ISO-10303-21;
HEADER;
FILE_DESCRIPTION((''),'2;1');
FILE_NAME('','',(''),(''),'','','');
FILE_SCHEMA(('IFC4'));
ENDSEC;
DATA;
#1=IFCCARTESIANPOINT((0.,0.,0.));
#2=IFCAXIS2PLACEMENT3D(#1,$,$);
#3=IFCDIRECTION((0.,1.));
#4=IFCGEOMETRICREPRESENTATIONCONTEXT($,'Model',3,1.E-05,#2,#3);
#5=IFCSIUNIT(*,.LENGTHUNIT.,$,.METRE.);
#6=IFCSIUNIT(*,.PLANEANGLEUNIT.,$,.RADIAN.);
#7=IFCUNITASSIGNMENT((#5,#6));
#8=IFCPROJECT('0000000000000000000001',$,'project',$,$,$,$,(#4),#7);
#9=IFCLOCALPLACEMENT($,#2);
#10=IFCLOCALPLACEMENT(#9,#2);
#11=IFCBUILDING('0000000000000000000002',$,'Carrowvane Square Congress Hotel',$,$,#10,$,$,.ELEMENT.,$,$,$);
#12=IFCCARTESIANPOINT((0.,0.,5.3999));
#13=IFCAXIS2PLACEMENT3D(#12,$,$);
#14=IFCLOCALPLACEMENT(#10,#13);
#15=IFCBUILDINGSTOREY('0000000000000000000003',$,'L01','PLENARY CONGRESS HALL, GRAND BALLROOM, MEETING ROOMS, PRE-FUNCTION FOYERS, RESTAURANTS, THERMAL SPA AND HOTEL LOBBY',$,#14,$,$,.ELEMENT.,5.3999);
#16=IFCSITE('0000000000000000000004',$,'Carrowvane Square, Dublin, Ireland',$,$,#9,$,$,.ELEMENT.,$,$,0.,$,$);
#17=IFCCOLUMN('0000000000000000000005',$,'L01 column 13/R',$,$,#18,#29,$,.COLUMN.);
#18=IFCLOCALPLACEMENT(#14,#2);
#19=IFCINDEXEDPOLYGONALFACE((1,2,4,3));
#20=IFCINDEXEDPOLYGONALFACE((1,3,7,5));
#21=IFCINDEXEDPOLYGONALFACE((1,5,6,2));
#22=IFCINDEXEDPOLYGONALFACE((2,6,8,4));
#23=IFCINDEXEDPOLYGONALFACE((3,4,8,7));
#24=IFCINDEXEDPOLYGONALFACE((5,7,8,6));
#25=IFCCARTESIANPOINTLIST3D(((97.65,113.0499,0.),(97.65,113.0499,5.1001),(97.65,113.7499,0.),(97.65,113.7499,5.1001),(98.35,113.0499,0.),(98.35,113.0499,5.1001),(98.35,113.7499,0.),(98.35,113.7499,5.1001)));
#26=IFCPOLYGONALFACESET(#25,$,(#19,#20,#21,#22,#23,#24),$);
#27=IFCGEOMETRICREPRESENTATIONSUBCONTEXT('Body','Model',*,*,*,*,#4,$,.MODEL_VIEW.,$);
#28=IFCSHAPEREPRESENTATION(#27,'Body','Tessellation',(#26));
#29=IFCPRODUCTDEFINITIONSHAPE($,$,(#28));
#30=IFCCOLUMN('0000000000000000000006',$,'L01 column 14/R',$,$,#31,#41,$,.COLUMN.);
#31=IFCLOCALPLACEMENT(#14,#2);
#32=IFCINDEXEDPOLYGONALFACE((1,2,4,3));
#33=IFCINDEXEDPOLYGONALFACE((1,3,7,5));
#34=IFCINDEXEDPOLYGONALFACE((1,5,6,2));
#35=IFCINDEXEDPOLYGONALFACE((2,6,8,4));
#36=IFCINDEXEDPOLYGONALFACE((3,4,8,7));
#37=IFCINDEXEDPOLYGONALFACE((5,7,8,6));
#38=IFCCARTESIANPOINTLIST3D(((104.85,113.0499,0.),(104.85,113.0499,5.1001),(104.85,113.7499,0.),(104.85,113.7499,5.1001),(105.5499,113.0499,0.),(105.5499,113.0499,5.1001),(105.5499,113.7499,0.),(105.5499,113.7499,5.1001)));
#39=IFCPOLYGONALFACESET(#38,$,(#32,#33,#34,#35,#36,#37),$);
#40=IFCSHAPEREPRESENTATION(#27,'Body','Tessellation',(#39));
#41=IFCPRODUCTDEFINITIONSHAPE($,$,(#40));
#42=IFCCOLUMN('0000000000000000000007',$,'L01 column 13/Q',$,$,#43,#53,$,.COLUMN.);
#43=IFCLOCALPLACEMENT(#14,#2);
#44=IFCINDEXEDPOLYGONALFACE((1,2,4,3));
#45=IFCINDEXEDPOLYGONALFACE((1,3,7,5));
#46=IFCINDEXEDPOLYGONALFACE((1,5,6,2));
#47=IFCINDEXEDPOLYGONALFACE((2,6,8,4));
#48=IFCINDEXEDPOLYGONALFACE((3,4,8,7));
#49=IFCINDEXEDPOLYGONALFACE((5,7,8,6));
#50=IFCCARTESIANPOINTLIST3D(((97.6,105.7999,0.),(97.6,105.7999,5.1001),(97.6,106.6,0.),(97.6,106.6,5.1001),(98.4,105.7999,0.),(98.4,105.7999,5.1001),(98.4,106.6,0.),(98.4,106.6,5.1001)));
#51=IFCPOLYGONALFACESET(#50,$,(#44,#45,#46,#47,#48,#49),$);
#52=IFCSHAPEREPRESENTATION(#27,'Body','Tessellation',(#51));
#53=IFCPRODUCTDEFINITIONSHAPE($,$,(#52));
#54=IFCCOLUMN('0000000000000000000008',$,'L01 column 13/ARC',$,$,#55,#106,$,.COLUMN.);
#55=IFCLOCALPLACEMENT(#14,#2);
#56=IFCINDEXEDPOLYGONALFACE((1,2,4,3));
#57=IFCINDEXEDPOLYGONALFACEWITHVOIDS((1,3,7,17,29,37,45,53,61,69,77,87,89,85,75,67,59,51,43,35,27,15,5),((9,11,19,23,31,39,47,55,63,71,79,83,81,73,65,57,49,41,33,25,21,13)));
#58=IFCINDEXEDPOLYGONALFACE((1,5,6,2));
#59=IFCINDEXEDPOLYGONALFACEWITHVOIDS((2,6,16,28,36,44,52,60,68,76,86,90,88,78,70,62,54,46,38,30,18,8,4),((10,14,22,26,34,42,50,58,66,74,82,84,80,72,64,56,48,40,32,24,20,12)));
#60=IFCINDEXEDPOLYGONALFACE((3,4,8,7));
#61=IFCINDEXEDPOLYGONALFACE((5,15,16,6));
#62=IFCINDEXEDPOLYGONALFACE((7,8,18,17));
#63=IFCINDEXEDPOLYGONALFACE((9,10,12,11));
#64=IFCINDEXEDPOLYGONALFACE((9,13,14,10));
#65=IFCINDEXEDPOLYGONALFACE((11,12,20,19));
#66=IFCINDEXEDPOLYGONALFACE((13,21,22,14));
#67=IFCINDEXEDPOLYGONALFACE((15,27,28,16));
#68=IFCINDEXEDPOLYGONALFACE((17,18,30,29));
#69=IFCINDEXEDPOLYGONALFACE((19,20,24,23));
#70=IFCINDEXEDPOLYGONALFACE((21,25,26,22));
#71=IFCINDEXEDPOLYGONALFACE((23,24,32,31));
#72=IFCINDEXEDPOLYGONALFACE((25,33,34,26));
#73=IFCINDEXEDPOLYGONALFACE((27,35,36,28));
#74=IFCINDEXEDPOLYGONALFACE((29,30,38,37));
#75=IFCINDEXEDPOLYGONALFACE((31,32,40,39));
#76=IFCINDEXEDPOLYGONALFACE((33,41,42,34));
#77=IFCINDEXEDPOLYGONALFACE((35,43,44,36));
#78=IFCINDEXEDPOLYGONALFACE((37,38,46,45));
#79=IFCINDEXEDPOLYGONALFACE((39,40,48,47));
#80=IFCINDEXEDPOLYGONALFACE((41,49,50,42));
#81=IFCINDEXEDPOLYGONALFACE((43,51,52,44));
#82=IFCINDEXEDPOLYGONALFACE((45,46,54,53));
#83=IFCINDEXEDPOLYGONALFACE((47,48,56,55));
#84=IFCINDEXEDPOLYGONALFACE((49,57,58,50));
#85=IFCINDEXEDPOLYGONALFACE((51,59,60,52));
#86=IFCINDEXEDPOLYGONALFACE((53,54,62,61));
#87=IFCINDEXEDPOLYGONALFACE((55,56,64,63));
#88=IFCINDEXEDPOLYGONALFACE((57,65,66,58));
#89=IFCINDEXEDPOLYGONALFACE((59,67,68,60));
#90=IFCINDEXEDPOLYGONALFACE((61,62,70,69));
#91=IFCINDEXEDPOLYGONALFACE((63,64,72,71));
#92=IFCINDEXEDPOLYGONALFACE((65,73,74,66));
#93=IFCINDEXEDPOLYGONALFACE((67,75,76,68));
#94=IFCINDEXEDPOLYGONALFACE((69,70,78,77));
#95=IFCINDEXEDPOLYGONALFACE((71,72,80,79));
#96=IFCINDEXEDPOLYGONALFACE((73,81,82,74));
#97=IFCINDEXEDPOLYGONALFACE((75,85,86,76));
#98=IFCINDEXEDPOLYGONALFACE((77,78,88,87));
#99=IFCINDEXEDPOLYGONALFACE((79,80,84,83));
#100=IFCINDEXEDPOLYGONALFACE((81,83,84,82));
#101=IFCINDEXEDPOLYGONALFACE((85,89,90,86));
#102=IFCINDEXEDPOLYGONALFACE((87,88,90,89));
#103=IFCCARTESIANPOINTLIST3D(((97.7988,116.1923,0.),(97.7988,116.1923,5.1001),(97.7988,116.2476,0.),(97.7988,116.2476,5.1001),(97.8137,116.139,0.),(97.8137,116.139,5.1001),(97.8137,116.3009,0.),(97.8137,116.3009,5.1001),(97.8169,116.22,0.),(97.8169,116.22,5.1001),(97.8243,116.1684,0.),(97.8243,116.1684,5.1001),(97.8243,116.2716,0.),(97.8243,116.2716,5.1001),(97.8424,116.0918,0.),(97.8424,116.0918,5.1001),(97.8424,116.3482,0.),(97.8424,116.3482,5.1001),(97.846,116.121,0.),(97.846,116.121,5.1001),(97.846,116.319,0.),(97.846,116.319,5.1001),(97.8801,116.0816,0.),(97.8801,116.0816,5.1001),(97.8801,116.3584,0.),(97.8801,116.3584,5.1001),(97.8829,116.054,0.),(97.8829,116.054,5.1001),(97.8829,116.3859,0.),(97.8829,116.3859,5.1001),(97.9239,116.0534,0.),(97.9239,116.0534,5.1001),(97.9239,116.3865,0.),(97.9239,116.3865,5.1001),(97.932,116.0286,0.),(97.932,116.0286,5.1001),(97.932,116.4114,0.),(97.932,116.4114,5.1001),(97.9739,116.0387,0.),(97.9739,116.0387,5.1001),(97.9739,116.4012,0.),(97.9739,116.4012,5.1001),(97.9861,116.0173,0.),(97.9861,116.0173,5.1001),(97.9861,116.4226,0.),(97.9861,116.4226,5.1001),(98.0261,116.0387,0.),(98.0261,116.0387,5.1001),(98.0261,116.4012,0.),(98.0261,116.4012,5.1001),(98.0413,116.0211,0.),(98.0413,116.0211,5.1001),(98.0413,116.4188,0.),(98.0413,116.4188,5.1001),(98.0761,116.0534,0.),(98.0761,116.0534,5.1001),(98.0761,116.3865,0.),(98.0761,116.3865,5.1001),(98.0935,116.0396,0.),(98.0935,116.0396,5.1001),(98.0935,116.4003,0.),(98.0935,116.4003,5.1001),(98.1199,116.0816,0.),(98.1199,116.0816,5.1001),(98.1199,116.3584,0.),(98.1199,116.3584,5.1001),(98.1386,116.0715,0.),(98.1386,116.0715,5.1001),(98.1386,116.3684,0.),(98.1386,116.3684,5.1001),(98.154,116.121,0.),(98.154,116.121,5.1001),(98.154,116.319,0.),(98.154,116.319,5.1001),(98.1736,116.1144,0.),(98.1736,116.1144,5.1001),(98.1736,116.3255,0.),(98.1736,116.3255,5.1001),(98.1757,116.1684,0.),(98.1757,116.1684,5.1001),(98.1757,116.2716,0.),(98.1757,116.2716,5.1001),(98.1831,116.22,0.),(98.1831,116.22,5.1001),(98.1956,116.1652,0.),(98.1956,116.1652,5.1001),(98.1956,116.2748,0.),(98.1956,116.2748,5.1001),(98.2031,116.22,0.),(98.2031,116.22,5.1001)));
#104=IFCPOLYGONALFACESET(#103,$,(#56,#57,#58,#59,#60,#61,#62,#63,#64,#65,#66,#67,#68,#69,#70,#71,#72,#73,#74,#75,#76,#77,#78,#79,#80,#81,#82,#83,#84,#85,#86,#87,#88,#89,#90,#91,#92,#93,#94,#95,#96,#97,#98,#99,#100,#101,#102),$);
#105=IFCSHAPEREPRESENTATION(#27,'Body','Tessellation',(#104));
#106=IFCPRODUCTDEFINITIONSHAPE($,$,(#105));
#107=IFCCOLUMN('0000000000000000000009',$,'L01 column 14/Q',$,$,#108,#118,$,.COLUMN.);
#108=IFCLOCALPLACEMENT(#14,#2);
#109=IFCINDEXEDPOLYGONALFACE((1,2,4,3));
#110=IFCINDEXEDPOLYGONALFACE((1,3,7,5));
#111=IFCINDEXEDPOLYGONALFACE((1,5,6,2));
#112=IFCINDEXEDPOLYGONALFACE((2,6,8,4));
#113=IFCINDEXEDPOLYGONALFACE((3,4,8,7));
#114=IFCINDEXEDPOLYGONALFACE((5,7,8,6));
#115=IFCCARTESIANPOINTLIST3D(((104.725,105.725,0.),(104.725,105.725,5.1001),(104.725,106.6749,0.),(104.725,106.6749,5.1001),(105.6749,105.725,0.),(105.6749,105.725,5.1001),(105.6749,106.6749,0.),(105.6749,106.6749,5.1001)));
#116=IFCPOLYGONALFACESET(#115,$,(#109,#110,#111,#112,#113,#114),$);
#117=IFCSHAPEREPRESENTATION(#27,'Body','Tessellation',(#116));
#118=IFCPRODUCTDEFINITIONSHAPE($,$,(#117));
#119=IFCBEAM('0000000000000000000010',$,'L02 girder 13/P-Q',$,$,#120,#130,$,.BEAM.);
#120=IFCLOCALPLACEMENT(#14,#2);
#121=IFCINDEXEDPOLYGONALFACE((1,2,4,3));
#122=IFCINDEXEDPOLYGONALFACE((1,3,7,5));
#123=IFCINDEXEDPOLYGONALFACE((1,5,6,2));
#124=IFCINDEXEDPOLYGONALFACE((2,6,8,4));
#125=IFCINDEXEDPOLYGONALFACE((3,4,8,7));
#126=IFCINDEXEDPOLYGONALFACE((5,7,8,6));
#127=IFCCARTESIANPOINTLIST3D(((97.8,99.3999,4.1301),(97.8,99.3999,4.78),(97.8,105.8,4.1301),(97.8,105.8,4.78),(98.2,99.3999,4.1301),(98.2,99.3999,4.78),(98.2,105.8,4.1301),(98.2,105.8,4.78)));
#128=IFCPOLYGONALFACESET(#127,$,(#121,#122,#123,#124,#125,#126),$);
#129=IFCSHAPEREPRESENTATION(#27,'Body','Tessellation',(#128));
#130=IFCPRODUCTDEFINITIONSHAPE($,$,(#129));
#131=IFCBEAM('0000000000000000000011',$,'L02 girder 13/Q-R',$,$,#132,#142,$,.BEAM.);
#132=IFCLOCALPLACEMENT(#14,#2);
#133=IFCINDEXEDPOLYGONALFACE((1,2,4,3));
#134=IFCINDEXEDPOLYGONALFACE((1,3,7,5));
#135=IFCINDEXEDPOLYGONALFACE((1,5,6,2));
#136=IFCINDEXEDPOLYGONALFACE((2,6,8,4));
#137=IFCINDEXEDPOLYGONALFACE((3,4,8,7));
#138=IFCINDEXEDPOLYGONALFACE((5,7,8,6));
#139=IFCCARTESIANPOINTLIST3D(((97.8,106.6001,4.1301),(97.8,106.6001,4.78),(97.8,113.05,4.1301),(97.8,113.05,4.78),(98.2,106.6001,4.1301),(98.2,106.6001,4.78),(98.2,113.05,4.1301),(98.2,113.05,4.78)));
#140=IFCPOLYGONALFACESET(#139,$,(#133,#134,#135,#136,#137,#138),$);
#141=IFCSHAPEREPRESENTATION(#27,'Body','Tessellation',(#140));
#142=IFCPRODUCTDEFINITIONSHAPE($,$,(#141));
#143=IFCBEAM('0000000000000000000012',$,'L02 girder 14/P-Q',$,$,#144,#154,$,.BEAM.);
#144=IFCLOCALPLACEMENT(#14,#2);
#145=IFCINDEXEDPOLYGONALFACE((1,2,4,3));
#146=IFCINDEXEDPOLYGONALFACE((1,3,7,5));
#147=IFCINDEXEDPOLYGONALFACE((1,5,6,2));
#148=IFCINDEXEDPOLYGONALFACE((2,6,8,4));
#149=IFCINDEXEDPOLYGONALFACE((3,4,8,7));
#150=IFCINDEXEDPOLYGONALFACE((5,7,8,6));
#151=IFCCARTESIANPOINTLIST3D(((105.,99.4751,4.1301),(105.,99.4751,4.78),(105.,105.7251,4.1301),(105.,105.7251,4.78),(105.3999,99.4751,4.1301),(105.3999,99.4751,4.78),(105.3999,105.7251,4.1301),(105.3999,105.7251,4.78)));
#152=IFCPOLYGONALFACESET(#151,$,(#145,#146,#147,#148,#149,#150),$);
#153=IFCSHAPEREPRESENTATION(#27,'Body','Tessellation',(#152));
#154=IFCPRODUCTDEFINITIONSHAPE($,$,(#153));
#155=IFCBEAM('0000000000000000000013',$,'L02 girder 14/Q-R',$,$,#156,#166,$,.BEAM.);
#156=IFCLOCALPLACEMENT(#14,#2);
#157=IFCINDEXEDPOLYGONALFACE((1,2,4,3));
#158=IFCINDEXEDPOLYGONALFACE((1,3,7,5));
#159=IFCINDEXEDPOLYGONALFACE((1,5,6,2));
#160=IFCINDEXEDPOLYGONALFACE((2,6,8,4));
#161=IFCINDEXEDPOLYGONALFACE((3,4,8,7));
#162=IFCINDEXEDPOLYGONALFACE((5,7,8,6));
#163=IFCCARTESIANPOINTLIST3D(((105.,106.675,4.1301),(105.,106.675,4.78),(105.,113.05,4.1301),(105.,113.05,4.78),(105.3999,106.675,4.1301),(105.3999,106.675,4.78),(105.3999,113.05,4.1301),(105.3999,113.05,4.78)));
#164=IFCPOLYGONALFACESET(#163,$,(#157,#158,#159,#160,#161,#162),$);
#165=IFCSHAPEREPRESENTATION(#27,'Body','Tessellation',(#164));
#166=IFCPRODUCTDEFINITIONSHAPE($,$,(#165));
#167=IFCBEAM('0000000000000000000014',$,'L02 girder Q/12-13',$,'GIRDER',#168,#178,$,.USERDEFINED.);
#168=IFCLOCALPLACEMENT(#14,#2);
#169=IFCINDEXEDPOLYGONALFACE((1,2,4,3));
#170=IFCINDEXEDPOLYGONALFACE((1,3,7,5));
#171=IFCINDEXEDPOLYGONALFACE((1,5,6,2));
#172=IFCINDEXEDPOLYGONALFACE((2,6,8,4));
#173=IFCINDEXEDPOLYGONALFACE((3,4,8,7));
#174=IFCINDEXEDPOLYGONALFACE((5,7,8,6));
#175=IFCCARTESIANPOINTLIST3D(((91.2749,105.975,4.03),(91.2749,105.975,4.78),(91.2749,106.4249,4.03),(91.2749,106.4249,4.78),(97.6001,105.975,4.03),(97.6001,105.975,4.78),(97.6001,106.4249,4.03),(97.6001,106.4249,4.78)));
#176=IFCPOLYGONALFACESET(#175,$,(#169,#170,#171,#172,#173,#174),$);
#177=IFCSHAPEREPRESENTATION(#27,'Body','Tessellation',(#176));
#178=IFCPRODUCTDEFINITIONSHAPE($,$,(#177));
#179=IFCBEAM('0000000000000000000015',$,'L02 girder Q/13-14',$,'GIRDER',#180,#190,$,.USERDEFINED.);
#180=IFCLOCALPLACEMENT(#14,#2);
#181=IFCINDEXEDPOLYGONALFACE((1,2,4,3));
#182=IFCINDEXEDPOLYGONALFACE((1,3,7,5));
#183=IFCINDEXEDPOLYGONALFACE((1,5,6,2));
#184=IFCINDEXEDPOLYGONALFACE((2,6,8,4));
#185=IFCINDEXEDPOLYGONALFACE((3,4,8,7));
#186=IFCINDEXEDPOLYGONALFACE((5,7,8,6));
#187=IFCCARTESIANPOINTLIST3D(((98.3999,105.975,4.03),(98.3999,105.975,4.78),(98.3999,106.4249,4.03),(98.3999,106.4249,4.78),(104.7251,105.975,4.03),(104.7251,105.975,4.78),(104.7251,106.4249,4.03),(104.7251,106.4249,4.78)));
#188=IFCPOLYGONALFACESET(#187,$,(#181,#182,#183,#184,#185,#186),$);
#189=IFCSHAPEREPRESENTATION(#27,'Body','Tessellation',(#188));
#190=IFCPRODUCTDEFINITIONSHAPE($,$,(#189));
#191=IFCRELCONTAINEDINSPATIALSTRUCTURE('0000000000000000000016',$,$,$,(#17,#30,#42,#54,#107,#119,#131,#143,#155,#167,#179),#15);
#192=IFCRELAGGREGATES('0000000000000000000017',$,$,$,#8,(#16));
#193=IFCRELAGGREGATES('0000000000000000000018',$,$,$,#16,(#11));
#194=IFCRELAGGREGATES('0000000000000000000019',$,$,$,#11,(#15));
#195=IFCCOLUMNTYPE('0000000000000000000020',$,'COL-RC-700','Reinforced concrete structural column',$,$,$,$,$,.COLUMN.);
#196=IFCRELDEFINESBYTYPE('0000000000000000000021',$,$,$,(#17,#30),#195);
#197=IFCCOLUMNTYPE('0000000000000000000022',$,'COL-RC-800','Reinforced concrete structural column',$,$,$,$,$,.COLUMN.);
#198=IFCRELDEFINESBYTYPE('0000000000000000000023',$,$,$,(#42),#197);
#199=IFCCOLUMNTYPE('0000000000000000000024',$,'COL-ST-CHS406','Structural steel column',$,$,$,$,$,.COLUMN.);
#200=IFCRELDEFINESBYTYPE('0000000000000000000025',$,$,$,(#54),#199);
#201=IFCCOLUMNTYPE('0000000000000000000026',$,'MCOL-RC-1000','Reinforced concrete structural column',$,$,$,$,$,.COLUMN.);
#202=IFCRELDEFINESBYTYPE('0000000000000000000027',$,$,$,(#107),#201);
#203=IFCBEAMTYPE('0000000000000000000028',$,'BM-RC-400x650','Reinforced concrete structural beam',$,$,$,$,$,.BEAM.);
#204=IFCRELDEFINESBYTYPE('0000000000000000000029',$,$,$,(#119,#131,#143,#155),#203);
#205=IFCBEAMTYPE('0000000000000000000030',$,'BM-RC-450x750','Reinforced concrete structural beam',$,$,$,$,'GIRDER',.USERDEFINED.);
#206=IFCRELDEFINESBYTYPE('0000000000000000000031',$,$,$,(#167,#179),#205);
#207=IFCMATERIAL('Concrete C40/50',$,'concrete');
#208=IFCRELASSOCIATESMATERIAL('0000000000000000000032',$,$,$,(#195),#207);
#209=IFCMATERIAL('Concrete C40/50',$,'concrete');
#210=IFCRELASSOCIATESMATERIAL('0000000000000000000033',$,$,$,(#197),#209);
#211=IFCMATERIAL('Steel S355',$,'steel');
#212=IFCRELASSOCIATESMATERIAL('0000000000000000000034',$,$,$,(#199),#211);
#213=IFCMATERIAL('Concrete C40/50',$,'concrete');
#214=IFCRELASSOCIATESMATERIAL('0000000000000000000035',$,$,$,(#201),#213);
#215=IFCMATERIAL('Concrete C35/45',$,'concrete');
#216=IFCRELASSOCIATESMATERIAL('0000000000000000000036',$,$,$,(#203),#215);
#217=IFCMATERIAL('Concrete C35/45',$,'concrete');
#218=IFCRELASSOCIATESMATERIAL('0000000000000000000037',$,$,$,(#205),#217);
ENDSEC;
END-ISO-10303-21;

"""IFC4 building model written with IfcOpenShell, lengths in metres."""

from ifc_helpers import new_model, si_unit, direction, frame, origin, origin_2d, place, context, subcontext, project, spatial, rectangle, hollow_circle, extrude, material, material_profile, profile_set, type_object, element, save


model = new_model("IFC4")

# Units and contexts
model_context = context("Model", 3, precision=1e-05, world=origin(), true_north=direction((0.0, 1.0)))
body_context = subcontext(model_context, "Body", "Model", "MODEL_VIEW")
ifc_project = project(units=[si_unit("LENGTHUNIT", "METRE"), si_unit("PLANEANGLEUNIT", "RADIAN")], contexts=[model_context])

# Site, building, storey
site_placement = place(None, origin())
site = spatial("IfcSite", under=ifc_project, at=site_placement, Name="Carrowvane Square, Dublin, Ireland", CompositionType="ELEMENT", RefElevation=0.0)
building_placement = place(site_placement, origin())
building = spatial("IfcBuilding", under=site, at=building_placement, Name="Carrowvane Square Congress Hotel", CompositionType="ELEMENT")
storey_placement = place(building_placement, frame((0.0, 0.0, 5.3999)))
storey = spatial("IfcBuildingStorey", under=building, at=storey_placement, Name="L01", Description="PLENARY CONGRESS HALL, GRAND BALLROOM, MEETING ROOMS, PRE-FUNCTION FOYERS, RESTAURANTS, THERMAL SPA AND HOTEL LOBBY", CompositionType="ELEMENT", Elevation=5.3999)

# Columns
ifc_material_1 = material(Name="Concrete C40/50", Category="concrete")
ifc_material_profile_1 = material_profile(ifc_material_1, rectangle(XDim=0.7, YDim=0.7, at=origin_2d()), Name="RC 700x700")
ifc_profile_set_1 = profile_set([ifc_material_profile_1], Name="Concrete C40/50")
column_type_1 = type_object("IfcColumnType", Name="COL-RC-700", Description="Reinforced concrete structural column", PredefinedType="COLUMN", material=ifc_profile_set_1)
for number, where, z_axis, x_axis, name in (
    (1, (98.0, 113.3999, 0.0), (0.0, 0.0, 1.0), (1.0, 0.0, 0.0), "L01 column 13/R"),
    (2, (105.2, 113.3999, 0.0), (0.0, 0.0, 1.0), (1.0, 0.0, 0.0), "L01 column 14/R"),
):
    element("IfcColumn", number, at=place(storey_placement, frame(where, z_axis=z_axis, x_axis=x_axis)), inside=storey, type_object=column_type_1, Name=name, PredefinedType="COLUMN", context=body_context, shape_type="SweptSolid", body=[
        extrude(rectangle(XDim=0.7, YDim=0.7, at=origin_2d()), origin(), (0.0, 0.0, 1.0), 5.1001),
    ])
ifc_material_2 = material(Name="Concrete C40/50", Category="concrete")
ifc_material_profile_2 = material_profile(ifc_material_2, rectangle(XDim=0.8, YDim=0.8, at=origin_2d()), Name="RC 800x800")
ifc_profile_set_2 = profile_set([ifc_material_profile_2], Name="Concrete C40/50")
column_type_2 = type_object("IfcColumnType", Name="COL-RC-800", Description="Reinforced concrete structural column", PredefinedType="COLUMN", material=ifc_profile_set_2)
column_1_placement = place(storey_placement, frame((98.0, 106.2, 0.0), z_axis=(0.0, 0.0, 1.0), x_axis=(1.0, 0.0, 0.0)))
element("IfcColumn", 3, at=column_1_placement, inside=storey, type_object=column_type_2, Name="L01 column 13/Q", PredefinedType="COLUMN", context=body_context, shape_type="SweptSolid", body=[
    extrude(rectangle(XDim=0.8, YDim=0.8, at=origin_2d()), origin(), (0.0, 0.0, 1.0), 5.1001),
])
ifc_material_3 = material(Name="Steel S355", Category="steel")
ifc_material_profile_3 = material_profile(ifc_material_3, hollow_circle(Radius=0.2031, WallThickness=0.02, at=origin_2d()), Name="CHS 406.4x20")
ifc_profile_set_3 = profile_set([ifc_material_profile_3], Name="Steel S355")
column_type_3 = type_object("IfcColumnType", Name="COL-ST-CHS406", Description="Structural steel column", PredefinedType="COLUMN", material=ifc_profile_set_3)
column_2_placement = place(storey_placement, frame((98.0, 116.22, 0.0), z_axis=(0.0, 0.0, 1.0), x_axis=(1.0, 0.0, 0.0)))
element("IfcColumn", 4, at=column_2_placement, inside=storey, type_object=column_type_3, Name="L01 column 13/ARC", PredefinedType="COLUMN", context=body_context, shape_type="SweptSolid", body=[
    extrude(hollow_circle(Radius=0.2031, WallThickness=0.02, at=origin_2d()), origin(), (0.0, 0.0, 1.0), 5.1001),
])
ifc_material_4 = material(Name="Concrete C40/50", Category="concrete")
ifc_material_profile_4 = material_profile(ifc_material_4, rectangle(XDim=0.95, YDim=0.95, at=origin_2d()), Name="RC 950x950")
ifc_profile_set_4 = profile_set([ifc_material_profile_4], Name="Concrete C40/50")
column_type_4 = type_object("IfcColumnType", Name="MCOL-RC-1000", Description="Reinforced concrete structural column", PredefinedType="COLUMN", material=ifc_profile_set_4)
column_3_placement = place(storey_placement, frame((105.2, 106.2, 0.0), z_axis=(0.0, 0.0, 1.0), x_axis=(1.0, 0.0, 0.0)))
element("IfcColumn", 5, at=column_3_placement, inside=storey, type_object=column_type_4, Name="L01 column 14/Q", PredefinedType="COLUMN", context=body_context, shape_type="SweptSolid", body=[
    extrude(rectangle(XDim=0.95, YDim=0.95, at=origin_2d()), origin(), (0.0, 0.0, 1.0), 5.1001),
])

# Beams
ifc_material_5 = material(Name="Concrete C35/45", Category="concrete")
ifc_material_profile_5 = material_profile(ifc_material_5, rectangle(XDim=0.3999, YDim=0.6499, at=origin_2d()), Name="RC 400x650")
ifc_profile_set_5 = profile_set([ifc_material_profile_5], Name="Concrete C35/45")
beam_type_1 = type_object("IfcBeamType", Name="BM-RC-400x650", Description="Reinforced concrete structural beam", PredefinedType="BEAM", material=ifc_profile_set_5)
beam_1_placement = place(storey_placement, frame((98.0, 99.3999, 4.4551), z_axis=(0.0, 1.0, 0.0), x_axis=(-1.0, 0.0, 0.0)))
element("IfcBeam", 6, at=beam_1_placement, inside=storey, type_object=beam_type_1, Name="L02 girder 13/P-Q", PredefinedType="BEAM", context=body_context, shape_type="SweptSolid", body=[
    extrude(rectangle(XDim=0.3999, YDim=0.6499, at=origin_2d()), origin(), (0.0, 0.0, 1.0), 6.4001),
])
beam_2_placement = place(storey_placement, frame((98.0, 106.6001, 4.4551), z_axis=(0.0, 1.0, 0.0), x_axis=(-1.0, 0.0, 0.0)))
element("IfcBeam", 7, at=beam_2_placement, inside=storey, type_object=beam_type_1, Name="L02 girder 13/Q-R", PredefinedType="BEAM", context=body_context, shape_type="SweptSolid", body=[
    extrude(rectangle(XDim=0.3999, YDim=0.6499, at=origin_2d()), origin(), (0.0, 0.0, 1.0), 6.45),
])
beam_3_placement = place(storey_placement, frame((105.2, 99.4751, 4.4551), z_axis=(0.0, 1.0, 0.0), x_axis=(-1.0, 0.0, 0.0)))
element("IfcBeam", 8, at=beam_3_placement, inside=storey, type_object=beam_type_1, Name="L02 girder 14/P-Q", PredefinedType="BEAM", context=body_context, shape_type="SweptSolid", body=[
    extrude(rectangle(XDim=0.3999, YDim=0.6499, at=origin_2d()), origin(), (0.0, 0.0, 1.0), 6.25),
])
beam_4_placement = place(storey_placement, frame((105.2, 106.675, 4.4551), z_axis=(0.0, 1.0, 0.0), x_axis=(-1.0, 0.0, 0.0)))
element("IfcBeam", 9, at=beam_4_placement, inside=storey, type_object=beam_type_1, Name="L02 girder 14/Q-R", PredefinedType="BEAM", context=body_context, shape_type="SweptSolid", body=[
    extrude(rectangle(XDim=0.3999, YDim=0.6499, at=origin_2d()), origin(), (0.0, 0.0, 1.0), 6.375),
])
ifc_material_6 = material(Name="Concrete C35/45", Category="concrete")
ifc_material_profile_6 = material_profile(ifc_material_6, rectangle(XDim=0.45, YDim=0.75, at=origin_2d()), Name="RC 450x750")
ifc_profile_set_6 = profile_set([ifc_material_profile_6], Name="Concrete C35/45")
beam_type_2 = type_object("IfcBeamType", Name="BM-RC-450x750", Description="Reinforced concrete structural beam", ElementType="GIRDER", PredefinedType="USERDEFINED", material=ifc_profile_set_6)
for number, where, z_axis, x_axis, name in (
    (10, (91.2749, 106.2, 4.405), (1.0, 0.0, 0.0), (0.0, 1.0, 0.0), "L02 girder Q/12-13"),
    (11, (98.3999, 106.2, 4.405), (1.0, 0.0, 0.0), (0.0, 1.0, 0.0), "L02 girder Q/13-14"),
):
    element("IfcBeam", number, at=place(storey_placement, frame(where, z_axis=z_axis, x_axis=x_axis)), inside=storey, type_object=beam_type_2, Name=name, ObjectType="GIRDER", PredefinedType="USERDEFINED", context=body_context, shape_type="SweptSolid", body=[
        extrude(rectangle(XDim=0.45, YDim=0.75, at=origin_2d()), origin(), (0.0, 0.0, 1.0), 6.3252),
    ])

save(model, "model.ifc")
